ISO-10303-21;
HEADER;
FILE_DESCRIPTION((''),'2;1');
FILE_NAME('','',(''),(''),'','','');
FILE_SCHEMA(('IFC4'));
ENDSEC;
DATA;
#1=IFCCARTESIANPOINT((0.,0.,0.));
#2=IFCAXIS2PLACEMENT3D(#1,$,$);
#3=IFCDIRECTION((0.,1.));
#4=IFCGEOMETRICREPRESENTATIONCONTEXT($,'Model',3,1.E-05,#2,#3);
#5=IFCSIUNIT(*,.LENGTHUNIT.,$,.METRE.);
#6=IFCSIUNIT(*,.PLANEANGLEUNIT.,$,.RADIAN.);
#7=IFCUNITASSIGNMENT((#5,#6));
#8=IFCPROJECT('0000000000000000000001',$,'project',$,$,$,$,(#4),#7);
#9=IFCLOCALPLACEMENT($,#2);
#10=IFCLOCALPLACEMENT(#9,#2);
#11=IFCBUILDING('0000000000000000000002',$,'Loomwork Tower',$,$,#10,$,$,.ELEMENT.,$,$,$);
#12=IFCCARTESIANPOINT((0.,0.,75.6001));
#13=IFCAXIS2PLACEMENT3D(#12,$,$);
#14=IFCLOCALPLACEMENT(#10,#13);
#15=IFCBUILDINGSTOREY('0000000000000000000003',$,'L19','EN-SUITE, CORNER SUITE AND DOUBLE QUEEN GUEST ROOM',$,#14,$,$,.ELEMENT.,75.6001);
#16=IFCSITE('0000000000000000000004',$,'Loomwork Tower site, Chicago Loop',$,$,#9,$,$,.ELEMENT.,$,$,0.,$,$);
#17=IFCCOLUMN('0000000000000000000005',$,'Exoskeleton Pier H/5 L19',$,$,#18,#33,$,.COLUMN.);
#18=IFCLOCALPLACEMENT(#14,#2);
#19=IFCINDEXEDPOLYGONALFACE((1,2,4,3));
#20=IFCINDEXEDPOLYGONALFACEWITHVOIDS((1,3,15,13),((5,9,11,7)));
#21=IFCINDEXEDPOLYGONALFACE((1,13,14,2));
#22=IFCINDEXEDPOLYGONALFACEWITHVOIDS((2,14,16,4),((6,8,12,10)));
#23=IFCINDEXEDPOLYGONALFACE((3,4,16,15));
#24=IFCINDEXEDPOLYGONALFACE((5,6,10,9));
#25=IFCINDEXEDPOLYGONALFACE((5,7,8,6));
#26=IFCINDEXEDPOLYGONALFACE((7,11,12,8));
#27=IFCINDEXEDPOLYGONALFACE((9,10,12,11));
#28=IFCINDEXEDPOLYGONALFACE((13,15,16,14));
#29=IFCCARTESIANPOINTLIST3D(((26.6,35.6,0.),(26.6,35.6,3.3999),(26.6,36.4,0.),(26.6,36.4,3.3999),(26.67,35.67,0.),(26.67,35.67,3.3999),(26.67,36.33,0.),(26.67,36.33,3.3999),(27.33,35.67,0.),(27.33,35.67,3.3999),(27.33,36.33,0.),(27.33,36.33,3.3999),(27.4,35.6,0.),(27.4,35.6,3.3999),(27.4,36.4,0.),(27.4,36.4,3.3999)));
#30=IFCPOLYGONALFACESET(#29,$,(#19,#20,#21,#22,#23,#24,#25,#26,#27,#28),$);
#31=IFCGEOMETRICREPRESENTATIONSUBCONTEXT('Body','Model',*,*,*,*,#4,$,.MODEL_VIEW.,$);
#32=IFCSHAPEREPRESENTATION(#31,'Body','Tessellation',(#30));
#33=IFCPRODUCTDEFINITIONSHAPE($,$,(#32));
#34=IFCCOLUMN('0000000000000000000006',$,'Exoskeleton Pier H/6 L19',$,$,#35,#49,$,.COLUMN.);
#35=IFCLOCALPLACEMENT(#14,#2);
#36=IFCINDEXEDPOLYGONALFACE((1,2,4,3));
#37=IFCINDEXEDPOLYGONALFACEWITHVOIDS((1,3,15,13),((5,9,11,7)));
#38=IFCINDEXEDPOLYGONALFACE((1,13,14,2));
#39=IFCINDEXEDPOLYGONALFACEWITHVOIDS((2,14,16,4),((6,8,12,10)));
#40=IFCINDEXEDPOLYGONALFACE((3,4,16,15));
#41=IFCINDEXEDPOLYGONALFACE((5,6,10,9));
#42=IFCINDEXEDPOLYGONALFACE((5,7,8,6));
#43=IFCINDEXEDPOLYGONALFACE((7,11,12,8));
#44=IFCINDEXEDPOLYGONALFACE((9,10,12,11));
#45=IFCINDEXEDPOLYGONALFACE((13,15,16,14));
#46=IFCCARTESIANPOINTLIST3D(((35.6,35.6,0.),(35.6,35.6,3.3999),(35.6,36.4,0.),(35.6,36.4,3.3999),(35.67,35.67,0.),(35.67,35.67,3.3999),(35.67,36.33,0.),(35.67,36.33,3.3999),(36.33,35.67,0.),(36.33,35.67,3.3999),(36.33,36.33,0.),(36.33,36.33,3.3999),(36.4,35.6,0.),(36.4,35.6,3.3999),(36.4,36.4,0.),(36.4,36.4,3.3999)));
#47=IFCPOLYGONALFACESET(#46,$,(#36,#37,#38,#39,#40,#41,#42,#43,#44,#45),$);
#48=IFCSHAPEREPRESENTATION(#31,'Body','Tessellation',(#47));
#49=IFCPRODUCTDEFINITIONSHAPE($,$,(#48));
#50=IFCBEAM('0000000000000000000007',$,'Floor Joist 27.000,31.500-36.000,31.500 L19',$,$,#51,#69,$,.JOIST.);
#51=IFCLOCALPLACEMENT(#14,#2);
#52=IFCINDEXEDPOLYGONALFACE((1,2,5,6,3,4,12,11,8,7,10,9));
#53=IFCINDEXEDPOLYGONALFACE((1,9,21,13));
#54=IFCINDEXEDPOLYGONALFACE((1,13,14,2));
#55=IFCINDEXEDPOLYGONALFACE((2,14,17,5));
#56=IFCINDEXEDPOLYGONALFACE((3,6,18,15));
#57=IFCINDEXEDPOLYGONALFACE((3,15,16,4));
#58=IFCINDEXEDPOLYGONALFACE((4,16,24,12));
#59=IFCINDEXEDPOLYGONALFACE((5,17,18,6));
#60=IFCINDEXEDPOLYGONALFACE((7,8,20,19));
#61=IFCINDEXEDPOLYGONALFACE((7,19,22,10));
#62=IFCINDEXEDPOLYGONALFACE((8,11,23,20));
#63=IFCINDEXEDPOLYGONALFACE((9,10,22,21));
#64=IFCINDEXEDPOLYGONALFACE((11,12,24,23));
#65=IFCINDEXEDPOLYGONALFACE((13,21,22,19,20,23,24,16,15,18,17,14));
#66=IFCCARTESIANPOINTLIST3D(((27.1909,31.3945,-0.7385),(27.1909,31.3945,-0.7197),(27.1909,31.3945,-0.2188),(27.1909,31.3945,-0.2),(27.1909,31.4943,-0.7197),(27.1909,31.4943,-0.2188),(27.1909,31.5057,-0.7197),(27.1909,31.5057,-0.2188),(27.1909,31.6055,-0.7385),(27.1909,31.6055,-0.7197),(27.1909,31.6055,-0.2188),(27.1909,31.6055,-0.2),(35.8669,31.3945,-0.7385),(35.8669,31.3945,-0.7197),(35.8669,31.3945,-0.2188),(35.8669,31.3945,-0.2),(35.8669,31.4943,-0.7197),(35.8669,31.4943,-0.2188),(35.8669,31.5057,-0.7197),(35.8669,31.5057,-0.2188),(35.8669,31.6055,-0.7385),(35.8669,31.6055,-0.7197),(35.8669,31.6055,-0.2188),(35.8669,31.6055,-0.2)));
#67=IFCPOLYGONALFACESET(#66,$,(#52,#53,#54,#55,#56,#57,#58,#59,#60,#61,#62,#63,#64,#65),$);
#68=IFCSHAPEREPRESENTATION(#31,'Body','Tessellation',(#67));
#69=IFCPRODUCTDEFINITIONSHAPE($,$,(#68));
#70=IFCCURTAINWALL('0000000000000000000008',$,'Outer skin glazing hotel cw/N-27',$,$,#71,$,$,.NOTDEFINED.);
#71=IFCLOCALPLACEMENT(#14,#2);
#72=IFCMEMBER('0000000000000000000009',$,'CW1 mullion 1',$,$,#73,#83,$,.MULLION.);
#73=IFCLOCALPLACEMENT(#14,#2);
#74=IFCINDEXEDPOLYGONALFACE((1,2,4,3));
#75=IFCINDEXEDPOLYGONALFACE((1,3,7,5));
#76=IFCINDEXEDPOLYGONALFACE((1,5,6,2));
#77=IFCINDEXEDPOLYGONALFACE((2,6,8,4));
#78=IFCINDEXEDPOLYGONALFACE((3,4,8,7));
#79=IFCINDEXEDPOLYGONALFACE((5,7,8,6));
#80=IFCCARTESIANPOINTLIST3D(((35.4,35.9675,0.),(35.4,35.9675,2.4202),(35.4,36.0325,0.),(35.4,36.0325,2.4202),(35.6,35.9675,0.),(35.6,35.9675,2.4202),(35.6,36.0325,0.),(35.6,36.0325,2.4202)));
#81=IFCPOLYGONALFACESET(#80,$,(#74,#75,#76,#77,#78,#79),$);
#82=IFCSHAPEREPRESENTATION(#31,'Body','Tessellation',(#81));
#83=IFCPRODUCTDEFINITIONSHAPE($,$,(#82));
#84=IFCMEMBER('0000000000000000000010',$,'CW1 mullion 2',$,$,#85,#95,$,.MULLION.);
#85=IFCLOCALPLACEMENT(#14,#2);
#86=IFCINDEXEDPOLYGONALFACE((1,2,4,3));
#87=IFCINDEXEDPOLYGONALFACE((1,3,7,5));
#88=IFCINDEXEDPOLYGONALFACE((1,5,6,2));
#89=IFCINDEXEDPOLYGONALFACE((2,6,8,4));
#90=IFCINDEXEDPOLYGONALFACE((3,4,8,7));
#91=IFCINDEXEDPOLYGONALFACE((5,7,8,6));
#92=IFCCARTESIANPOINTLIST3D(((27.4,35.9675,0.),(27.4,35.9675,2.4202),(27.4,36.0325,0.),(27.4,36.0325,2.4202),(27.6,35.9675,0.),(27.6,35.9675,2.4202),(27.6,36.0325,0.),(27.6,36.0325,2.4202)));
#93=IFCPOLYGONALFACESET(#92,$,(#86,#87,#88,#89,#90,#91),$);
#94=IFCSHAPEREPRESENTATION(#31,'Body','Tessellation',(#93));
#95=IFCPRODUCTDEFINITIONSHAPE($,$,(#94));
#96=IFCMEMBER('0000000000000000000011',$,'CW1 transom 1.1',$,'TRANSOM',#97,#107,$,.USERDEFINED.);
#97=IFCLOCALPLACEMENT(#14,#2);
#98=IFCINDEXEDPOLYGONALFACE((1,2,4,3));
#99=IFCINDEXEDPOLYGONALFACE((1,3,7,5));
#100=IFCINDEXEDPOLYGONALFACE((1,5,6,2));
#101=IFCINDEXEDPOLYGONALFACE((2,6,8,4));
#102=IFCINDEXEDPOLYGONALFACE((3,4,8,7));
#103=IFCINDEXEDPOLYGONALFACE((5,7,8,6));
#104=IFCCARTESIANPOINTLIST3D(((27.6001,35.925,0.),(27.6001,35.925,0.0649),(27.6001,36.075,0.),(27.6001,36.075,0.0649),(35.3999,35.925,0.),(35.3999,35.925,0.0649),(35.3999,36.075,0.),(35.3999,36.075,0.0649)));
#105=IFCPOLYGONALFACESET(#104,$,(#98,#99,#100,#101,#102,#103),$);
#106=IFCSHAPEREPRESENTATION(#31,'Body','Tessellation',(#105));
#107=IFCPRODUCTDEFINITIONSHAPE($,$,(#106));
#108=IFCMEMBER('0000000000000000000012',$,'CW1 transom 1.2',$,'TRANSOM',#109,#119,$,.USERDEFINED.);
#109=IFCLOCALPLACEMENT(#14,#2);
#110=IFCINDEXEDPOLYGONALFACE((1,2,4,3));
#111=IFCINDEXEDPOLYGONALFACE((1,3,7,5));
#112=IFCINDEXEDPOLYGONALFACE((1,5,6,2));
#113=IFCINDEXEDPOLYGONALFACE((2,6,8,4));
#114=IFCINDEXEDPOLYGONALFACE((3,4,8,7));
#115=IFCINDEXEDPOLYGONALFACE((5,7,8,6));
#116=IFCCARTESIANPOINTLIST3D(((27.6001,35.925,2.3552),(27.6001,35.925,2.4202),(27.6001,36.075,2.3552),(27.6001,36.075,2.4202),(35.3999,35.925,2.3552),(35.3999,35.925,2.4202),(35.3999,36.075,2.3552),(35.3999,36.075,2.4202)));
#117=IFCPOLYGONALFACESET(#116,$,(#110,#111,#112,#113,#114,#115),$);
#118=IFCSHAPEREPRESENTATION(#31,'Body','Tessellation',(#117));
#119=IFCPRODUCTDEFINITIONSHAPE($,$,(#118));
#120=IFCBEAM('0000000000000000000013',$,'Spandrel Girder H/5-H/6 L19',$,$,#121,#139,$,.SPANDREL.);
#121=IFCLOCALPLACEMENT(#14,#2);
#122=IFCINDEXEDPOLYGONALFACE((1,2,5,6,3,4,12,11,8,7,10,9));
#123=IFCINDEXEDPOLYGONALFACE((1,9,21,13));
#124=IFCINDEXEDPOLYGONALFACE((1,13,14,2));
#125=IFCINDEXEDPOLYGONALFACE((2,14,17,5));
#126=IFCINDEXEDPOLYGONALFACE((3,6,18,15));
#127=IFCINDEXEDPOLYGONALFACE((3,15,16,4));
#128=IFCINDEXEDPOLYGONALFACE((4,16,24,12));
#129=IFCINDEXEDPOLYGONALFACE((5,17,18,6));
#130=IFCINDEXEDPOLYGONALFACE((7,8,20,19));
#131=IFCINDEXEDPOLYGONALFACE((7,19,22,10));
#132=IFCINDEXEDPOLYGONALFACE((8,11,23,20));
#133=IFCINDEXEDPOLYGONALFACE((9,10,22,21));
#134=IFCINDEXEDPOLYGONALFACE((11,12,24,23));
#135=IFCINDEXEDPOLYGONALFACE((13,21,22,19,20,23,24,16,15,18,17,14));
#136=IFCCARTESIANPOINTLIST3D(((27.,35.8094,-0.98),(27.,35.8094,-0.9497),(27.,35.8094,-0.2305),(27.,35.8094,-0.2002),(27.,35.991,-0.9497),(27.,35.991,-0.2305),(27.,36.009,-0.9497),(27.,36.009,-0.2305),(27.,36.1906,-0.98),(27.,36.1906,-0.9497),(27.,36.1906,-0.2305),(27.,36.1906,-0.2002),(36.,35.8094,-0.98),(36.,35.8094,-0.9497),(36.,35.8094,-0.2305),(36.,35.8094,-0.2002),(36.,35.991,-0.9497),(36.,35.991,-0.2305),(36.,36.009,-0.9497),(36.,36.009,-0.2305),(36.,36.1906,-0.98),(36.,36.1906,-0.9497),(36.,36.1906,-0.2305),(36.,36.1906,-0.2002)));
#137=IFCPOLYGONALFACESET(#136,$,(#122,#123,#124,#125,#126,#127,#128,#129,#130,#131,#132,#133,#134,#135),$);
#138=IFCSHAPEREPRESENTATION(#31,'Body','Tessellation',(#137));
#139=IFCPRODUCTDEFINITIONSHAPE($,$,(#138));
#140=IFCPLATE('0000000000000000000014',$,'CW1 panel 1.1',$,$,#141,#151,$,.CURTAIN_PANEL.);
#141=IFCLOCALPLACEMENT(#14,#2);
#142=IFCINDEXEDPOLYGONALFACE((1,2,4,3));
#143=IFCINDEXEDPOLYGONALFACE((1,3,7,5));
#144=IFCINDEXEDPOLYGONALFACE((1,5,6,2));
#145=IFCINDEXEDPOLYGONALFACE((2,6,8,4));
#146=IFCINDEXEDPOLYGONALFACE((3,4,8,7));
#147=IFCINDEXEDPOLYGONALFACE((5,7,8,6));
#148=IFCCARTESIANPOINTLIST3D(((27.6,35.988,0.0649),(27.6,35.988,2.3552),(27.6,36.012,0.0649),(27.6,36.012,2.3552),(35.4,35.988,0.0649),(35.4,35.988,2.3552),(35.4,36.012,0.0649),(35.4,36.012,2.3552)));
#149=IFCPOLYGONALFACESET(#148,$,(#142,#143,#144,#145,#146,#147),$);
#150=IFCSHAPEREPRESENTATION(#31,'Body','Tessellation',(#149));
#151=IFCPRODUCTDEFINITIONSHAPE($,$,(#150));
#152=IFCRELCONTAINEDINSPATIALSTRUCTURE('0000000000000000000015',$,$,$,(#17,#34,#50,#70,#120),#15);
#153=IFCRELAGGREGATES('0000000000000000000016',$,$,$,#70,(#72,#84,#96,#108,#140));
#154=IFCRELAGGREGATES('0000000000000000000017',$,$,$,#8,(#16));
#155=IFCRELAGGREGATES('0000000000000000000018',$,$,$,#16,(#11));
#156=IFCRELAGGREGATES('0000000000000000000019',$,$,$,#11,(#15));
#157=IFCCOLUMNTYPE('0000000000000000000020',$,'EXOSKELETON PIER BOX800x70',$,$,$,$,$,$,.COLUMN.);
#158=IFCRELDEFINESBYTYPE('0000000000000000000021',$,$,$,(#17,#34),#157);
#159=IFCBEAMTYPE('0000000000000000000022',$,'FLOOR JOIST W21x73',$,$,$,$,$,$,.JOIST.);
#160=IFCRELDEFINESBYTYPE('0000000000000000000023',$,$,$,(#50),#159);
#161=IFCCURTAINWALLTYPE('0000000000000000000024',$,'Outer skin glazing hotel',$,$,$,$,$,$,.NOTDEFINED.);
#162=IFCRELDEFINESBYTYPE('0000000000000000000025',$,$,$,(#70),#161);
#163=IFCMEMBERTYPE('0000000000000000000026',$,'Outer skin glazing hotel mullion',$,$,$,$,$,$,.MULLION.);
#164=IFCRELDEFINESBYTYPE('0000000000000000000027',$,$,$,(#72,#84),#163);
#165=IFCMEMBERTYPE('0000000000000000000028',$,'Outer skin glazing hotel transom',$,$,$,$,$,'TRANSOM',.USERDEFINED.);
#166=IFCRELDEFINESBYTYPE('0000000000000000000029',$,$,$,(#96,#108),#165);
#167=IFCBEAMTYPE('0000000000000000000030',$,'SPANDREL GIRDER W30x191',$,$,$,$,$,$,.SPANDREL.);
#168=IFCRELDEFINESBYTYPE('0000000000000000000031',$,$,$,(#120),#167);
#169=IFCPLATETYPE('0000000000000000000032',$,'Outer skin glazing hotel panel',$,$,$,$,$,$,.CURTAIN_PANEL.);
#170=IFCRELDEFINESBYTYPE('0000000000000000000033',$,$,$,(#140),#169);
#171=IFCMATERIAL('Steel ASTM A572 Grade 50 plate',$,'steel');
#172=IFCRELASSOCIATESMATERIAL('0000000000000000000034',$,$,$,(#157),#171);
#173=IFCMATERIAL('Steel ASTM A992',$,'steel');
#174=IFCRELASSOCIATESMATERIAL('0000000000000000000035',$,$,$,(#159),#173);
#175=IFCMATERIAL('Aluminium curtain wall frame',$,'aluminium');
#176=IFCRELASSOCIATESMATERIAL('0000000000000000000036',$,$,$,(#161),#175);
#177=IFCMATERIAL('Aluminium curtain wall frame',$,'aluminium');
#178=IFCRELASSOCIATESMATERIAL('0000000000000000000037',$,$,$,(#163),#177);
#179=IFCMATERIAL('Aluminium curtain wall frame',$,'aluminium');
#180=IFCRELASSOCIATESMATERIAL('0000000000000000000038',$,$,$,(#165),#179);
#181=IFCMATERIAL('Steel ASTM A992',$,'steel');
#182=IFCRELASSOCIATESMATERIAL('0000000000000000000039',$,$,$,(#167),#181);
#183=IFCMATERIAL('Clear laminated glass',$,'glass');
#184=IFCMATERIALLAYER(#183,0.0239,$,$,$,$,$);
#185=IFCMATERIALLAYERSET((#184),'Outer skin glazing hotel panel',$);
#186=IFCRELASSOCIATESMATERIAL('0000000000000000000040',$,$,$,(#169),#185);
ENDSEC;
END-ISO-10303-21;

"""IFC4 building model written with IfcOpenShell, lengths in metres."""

from ifc_helpers import new_model, si_unit, direction, frame, origin, origin_2d, place, context, subcontext, project, spatial, rectangle, hollow_rectangle, i_section, extrude, material, layer, layer_set, material_profile, profile_set, type_object, element, aggregate, save


model = new_model("IFC4")

# Units and contexts
model_context = context("Model", 3, precision=1e-05, world=origin(), true_north=direction((0.0, 1.0)))
body_context = subcontext(model_context, "Body", "Model", "MODEL_VIEW")
ifc_project = project(units=[si_unit("LENGTHUNIT", "METRE"), si_unit("PLANEANGLEUNIT", "RADIAN")], contexts=[model_context])

# Site, building, storey
site_placement = place(None, origin())
site = spatial("IfcSite", under=ifc_project, at=site_placement, Name="Loomwork Tower site, Chicago Loop", CompositionType="ELEMENT", RefElevation=0.0)
building_placement = place(site_placement, origin())
building = spatial("IfcBuilding", under=site, at=building_placement, Name="Loomwork Tower", CompositionType="ELEMENT")
storey_placement = place(building_placement, frame((0.0, 0.0, 75.6001)))
storey = spatial("IfcBuildingStorey", under=building, at=storey_placement, Name="L19", Description="EN-SUITE, CORNER SUITE AND DOUBLE QUEEN GUEST ROOM", CompositionType="ELEMENT", Elevation=75.6001)

# Columns
ifc_material_1 = material(Name="Steel ASTM A572 Grade 50 plate", Category="steel")
ifc_material_profile_1 = material_profile(ifc_material_1, hollow_rectangle(XDim=0.8, YDim=0.8, WallThickness=0.0701, at=origin_2d()), Name="BOX800x70")
ifc_profile_set_1 = profile_set([ifc_material_profile_1], Name="Steel ASTM A572 Grade 50 plate")
column_type = type_object("IfcColumnType", Name="EXOSKELETON PIER BOX800x70", PredefinedType="COLUMN", material=ifc_profile_set_1)
for number, where, z_axis, x_axis, name in (
    (1, (27.0, 36.0, 0.0), (0.0, 0.0, 1.0), (1.0, 0.0, 0.0), "Exoskeleton Pier H/5 L19"),
    (2, (36.0, 36.0, 0.0), (0.0, 0.0, 1.0), (1.0, 0.0, 0.0), "Exoskeleton Pier H/6 L19"),
):
    element("IfcColumn", number, at=place(storey_placement, frame(where, z_axis=z_axis, x_axis=x_axis)), inside=storey, type_object=column_type, Name=name, PredefinedType="COLUMN", context=body_context, shape_type="SweptSolid", body=[
        extrude(hollow_rectangle(XDim=0.8, YDim=0.8, WallThickness=0.0701, at=origin_2d()), origin(), (0.0, 0.0, 1.0), 3.3999),
    ])

# Beam
ifc_material_2 = material(Name="Steel ASTM A992", Category="steel")
ifc_material_profile_2 = material_profile(ifc_material_2, i_section(OverallWidth=0.2109, OverallDepth=0.5386, WebThickness=0.0115, FlangeThickness=0.0188, at=origin_2d()), Name="W21x73")
ifc_profile_set_2 = profile_set([ifc_material_profile_2], Name="Steel ASTM A992")
beam_type_1 = type_object("IfcBeamType", Name="FLOOR JOIST W21x73", PredefinedType="JOIST", material=ifc_profile_set_2)
beam_1_placement = place(storey_placement, frame((27.1909, 31.5, -0.4692), z_axis=(1.0, 0.0, 0.0), x_axis=(0.0, 1.0, 0.0)))
element("IfcBeam", 3, at=beam_1_placement, inside=storey, type_object=beam_type_1, Name="Floor Joist 27.000,31.500-36.000,31.500 L19", PredefinedType="JOIST", context=body_context, shape_type="SweptSolid", body=[
    extrude(i_section(OverallWidth=0.2109, OverallDepth=0.5386, WebThickness=0.0115, FlangeThickness=0.0188, at=origin_2d()), origin(), (0.0, 0.0, 1.0), 8.676),
])

# Curtain wall, members
ifc_material_3 = material(Name="Aluminium curtain wall frame", Category="aluminium")
curtain_wall_type = type_object("IfcCurtainWallType", Name="Outer skin glazing hotel", PredefinedType="NOTDEFINED", material=ifc_material_3)
curtain_wall_placement = place(storey_placement, origin())
curtain_wall = element("IfcCurtainWall", 4, at=curtain_wall_placement, inside=storey, type_object=curtain_wall_type, Name="Outer skin glazing hotel cw/N-27", PredefinedType="NOTDEFINED")
ifc_material_4 = material(Name="Aluminium curtain wall frame", Category="aluminium")
ifc_material_profile_3 = material_profile(ifc_material_4, rectangle(XDim=0.0649, YDim=0.2, at=origin_2d()), Name="AL 65x200")
ifc_profile_set_3 = profile_set([ifc_material_profile_3], Name="Aluminium curtain wall frame")
member_type_1 = type_object("IfcMemberType", Name="Outer skin glazing hotel mullion", PredefinedType="MULLION", material=ifc_profile_set_3)
member_1_placement = place(storey_placement, frame((35.5, 36.0, 0.0), z_axis=(0.0, 0.0, 1.0), x_axis=(0.0, -1.0, 0.0)))
member_1 = element("IfcMember", 5, at=member_1_placement, type_object=member_type_1, Name="CW1 mullion 1", PredefinedType="MULLION", context=body_context, shape_type="SweptSolid", body=[
    extrude(rectangle(XDim=0.0649, YDim=0.2, at=origin_2d()), origin(), (0.0, 0.0, 1.0), 2.4202),
])
member_2_placement = place(storey_placement, frame((27.5, 36.0, 0.0), z_axis=(0.0, 0.0, 1.0), x_axis=(0.0, -1.0, 0.0)))
member_2 = element("IfcMember", 6, at=member_2_placement, type_object=member_type_1, Name="CW1 mullion 2", PredefinedType="MULLION", context=body_context, shape_type="SweptSolid", body=[
    extrude(rectangle(XDim=0.0649, YDim=0.2, at=origin_2d()), origin(), (0.0, 0.0, 1.0), 2.4202),
])
ifc_material_5 = material(Name="Aluminium curtain wall frame", Category="aluminium")
ifc_material_profile_4 = material_profile(ifc_material_5, rectangle(XDim=0.1499, YDim=0.0649, at=origin_2d()), Name="AL 65x150")
ifc_profile_set_4 = profile_set([ifc_material_profile_4], Name="Aluminium curtain wall frame")
member_type_2 = type_object("IfcMemberType", Name="Outer skin glazing hotel transom", ElementType="TRANSOM", PredefinedType="USERDEFINED", material=ifc_profile_set_4)
member_3_placement = place(storey_placement, frame((35.3999, 36.0, 0.0325), z_axis=(-1.0, 0.0, 0.0), x_axis=(0.0, -1.0, 0.0)))
member_3 = element("IfcMember", 7, at=member_3_placement, type_object=member_type_2, Name="CW1 transom 1.1", ObjectType="TRANSOM", PredefinedType="USERDEFINED", context=body_context, shape_type="SweptSolid", body=[
    extrude(rectangle(XDim=0.1499, YDim=0.0649, at=origin_2d()), origin(), (0.0, 0.0, 1.0), 7.7998),
])
member_4_placement = place(storey_placement, frame((35.3999, 36.0, 2.3877), z_axis=(-1.0, 0.0, 0.0), x_axis=(0.0, -1.0, 0.0)))
member_4 = element("IfcMember", 8, at=member_4_placement, type_object=member_type_2, Name="CW1 transom 1.2", ObjectType="TRANSOM", PredefinedType="USERDEFINED", context=body_context, shape_type="SweptSolid", body=[
    extrude(rectangle(XDim=0.1499, YDim=0.0649, at=origin_2d()), origin(), (0.0, 0.0, 1.0), 7.7998),
])

# Beam
ifc_material_6 = material(Name="Steel ASTM A992", Category="steel")
ifc_material_profile_5 = material_profile(ifc_material_6, i_section(OverallWidth=0.3811, OverallDepth=0.7798, WebThickness=0.0181, FlangeThickness=0.0303, at=origin_2d()), Name="W30x191")
ifc_profile_set_5 = profile_set([ifc_material_profile_5], Name="Steel ASTM A992")
beam_type_2 = type_object("IfcBeamType", Name="SPANDREL GIRDER W30x191", PredefinedType="SPANDREL", material=ifc_profile_set_5)
beam_2_placement = place(storey_placement, frame((27.0, 36.0, -0.5901), z_axis=(1.0, 0.0, 0.0), x_axis=(0.0, 1.0, 0.0)))
element("IfcBeam", 9, at=beam_2_placement, inside=storey, type_object=beam_type_2, Name="Spandrel Girder H/5-H/6 L19", PredefinedType="SPANDREL", context=body_context, shape_type="SweptSolid", body=[
    extrude(i_section(OverallWidth=0.3811, OverallDepth=0.7798, WebThickness=0.0181, FlangeThickness=0.0303, at=origin_2d()), origin(), (0.0, 0.0, 1.0), 9.0),
])

# Plate
ifc_material_7 = material(Name="Clear laminated glass", Category="glass")
ifc_layer_1 = layer(ifc_material_7, 0.0239)
ifc_layer_set_1 = layer_set([ifc_layer_1], Name="Outer skin glazing hotel panel")
plate_type = type_object("IfcPlateType", Name="Outer skin glazing hotel panel", PredefinedType="CURTAIN_PANEL", material=ifc_layer_set_1)
plate_placement = place(storey_placement, frame((31.5, 36.0, 0.0649), z_axis=(0.0, 0.0, 1.0), x_axis=(-1.0, 0.0, 0.0)))
plate = element("IfcPlate", 10, at=plate_placement, type_object=plate_type, Name="CW1 panel 1.1", PredefinedType="CURTAIN_PANEL", context=body_context, shape_type="SweptSolid", body=[
    extrude(rectangle(XDim=7.8, YDim=0.0239, at=origin_2d()), origin(), (0.0, 0.0, 1.0), 2.2903),
])
aggregate(curtain_wall, [member_1, member_2, member_3, member_4, plate])

save(model, "model.ifc")
